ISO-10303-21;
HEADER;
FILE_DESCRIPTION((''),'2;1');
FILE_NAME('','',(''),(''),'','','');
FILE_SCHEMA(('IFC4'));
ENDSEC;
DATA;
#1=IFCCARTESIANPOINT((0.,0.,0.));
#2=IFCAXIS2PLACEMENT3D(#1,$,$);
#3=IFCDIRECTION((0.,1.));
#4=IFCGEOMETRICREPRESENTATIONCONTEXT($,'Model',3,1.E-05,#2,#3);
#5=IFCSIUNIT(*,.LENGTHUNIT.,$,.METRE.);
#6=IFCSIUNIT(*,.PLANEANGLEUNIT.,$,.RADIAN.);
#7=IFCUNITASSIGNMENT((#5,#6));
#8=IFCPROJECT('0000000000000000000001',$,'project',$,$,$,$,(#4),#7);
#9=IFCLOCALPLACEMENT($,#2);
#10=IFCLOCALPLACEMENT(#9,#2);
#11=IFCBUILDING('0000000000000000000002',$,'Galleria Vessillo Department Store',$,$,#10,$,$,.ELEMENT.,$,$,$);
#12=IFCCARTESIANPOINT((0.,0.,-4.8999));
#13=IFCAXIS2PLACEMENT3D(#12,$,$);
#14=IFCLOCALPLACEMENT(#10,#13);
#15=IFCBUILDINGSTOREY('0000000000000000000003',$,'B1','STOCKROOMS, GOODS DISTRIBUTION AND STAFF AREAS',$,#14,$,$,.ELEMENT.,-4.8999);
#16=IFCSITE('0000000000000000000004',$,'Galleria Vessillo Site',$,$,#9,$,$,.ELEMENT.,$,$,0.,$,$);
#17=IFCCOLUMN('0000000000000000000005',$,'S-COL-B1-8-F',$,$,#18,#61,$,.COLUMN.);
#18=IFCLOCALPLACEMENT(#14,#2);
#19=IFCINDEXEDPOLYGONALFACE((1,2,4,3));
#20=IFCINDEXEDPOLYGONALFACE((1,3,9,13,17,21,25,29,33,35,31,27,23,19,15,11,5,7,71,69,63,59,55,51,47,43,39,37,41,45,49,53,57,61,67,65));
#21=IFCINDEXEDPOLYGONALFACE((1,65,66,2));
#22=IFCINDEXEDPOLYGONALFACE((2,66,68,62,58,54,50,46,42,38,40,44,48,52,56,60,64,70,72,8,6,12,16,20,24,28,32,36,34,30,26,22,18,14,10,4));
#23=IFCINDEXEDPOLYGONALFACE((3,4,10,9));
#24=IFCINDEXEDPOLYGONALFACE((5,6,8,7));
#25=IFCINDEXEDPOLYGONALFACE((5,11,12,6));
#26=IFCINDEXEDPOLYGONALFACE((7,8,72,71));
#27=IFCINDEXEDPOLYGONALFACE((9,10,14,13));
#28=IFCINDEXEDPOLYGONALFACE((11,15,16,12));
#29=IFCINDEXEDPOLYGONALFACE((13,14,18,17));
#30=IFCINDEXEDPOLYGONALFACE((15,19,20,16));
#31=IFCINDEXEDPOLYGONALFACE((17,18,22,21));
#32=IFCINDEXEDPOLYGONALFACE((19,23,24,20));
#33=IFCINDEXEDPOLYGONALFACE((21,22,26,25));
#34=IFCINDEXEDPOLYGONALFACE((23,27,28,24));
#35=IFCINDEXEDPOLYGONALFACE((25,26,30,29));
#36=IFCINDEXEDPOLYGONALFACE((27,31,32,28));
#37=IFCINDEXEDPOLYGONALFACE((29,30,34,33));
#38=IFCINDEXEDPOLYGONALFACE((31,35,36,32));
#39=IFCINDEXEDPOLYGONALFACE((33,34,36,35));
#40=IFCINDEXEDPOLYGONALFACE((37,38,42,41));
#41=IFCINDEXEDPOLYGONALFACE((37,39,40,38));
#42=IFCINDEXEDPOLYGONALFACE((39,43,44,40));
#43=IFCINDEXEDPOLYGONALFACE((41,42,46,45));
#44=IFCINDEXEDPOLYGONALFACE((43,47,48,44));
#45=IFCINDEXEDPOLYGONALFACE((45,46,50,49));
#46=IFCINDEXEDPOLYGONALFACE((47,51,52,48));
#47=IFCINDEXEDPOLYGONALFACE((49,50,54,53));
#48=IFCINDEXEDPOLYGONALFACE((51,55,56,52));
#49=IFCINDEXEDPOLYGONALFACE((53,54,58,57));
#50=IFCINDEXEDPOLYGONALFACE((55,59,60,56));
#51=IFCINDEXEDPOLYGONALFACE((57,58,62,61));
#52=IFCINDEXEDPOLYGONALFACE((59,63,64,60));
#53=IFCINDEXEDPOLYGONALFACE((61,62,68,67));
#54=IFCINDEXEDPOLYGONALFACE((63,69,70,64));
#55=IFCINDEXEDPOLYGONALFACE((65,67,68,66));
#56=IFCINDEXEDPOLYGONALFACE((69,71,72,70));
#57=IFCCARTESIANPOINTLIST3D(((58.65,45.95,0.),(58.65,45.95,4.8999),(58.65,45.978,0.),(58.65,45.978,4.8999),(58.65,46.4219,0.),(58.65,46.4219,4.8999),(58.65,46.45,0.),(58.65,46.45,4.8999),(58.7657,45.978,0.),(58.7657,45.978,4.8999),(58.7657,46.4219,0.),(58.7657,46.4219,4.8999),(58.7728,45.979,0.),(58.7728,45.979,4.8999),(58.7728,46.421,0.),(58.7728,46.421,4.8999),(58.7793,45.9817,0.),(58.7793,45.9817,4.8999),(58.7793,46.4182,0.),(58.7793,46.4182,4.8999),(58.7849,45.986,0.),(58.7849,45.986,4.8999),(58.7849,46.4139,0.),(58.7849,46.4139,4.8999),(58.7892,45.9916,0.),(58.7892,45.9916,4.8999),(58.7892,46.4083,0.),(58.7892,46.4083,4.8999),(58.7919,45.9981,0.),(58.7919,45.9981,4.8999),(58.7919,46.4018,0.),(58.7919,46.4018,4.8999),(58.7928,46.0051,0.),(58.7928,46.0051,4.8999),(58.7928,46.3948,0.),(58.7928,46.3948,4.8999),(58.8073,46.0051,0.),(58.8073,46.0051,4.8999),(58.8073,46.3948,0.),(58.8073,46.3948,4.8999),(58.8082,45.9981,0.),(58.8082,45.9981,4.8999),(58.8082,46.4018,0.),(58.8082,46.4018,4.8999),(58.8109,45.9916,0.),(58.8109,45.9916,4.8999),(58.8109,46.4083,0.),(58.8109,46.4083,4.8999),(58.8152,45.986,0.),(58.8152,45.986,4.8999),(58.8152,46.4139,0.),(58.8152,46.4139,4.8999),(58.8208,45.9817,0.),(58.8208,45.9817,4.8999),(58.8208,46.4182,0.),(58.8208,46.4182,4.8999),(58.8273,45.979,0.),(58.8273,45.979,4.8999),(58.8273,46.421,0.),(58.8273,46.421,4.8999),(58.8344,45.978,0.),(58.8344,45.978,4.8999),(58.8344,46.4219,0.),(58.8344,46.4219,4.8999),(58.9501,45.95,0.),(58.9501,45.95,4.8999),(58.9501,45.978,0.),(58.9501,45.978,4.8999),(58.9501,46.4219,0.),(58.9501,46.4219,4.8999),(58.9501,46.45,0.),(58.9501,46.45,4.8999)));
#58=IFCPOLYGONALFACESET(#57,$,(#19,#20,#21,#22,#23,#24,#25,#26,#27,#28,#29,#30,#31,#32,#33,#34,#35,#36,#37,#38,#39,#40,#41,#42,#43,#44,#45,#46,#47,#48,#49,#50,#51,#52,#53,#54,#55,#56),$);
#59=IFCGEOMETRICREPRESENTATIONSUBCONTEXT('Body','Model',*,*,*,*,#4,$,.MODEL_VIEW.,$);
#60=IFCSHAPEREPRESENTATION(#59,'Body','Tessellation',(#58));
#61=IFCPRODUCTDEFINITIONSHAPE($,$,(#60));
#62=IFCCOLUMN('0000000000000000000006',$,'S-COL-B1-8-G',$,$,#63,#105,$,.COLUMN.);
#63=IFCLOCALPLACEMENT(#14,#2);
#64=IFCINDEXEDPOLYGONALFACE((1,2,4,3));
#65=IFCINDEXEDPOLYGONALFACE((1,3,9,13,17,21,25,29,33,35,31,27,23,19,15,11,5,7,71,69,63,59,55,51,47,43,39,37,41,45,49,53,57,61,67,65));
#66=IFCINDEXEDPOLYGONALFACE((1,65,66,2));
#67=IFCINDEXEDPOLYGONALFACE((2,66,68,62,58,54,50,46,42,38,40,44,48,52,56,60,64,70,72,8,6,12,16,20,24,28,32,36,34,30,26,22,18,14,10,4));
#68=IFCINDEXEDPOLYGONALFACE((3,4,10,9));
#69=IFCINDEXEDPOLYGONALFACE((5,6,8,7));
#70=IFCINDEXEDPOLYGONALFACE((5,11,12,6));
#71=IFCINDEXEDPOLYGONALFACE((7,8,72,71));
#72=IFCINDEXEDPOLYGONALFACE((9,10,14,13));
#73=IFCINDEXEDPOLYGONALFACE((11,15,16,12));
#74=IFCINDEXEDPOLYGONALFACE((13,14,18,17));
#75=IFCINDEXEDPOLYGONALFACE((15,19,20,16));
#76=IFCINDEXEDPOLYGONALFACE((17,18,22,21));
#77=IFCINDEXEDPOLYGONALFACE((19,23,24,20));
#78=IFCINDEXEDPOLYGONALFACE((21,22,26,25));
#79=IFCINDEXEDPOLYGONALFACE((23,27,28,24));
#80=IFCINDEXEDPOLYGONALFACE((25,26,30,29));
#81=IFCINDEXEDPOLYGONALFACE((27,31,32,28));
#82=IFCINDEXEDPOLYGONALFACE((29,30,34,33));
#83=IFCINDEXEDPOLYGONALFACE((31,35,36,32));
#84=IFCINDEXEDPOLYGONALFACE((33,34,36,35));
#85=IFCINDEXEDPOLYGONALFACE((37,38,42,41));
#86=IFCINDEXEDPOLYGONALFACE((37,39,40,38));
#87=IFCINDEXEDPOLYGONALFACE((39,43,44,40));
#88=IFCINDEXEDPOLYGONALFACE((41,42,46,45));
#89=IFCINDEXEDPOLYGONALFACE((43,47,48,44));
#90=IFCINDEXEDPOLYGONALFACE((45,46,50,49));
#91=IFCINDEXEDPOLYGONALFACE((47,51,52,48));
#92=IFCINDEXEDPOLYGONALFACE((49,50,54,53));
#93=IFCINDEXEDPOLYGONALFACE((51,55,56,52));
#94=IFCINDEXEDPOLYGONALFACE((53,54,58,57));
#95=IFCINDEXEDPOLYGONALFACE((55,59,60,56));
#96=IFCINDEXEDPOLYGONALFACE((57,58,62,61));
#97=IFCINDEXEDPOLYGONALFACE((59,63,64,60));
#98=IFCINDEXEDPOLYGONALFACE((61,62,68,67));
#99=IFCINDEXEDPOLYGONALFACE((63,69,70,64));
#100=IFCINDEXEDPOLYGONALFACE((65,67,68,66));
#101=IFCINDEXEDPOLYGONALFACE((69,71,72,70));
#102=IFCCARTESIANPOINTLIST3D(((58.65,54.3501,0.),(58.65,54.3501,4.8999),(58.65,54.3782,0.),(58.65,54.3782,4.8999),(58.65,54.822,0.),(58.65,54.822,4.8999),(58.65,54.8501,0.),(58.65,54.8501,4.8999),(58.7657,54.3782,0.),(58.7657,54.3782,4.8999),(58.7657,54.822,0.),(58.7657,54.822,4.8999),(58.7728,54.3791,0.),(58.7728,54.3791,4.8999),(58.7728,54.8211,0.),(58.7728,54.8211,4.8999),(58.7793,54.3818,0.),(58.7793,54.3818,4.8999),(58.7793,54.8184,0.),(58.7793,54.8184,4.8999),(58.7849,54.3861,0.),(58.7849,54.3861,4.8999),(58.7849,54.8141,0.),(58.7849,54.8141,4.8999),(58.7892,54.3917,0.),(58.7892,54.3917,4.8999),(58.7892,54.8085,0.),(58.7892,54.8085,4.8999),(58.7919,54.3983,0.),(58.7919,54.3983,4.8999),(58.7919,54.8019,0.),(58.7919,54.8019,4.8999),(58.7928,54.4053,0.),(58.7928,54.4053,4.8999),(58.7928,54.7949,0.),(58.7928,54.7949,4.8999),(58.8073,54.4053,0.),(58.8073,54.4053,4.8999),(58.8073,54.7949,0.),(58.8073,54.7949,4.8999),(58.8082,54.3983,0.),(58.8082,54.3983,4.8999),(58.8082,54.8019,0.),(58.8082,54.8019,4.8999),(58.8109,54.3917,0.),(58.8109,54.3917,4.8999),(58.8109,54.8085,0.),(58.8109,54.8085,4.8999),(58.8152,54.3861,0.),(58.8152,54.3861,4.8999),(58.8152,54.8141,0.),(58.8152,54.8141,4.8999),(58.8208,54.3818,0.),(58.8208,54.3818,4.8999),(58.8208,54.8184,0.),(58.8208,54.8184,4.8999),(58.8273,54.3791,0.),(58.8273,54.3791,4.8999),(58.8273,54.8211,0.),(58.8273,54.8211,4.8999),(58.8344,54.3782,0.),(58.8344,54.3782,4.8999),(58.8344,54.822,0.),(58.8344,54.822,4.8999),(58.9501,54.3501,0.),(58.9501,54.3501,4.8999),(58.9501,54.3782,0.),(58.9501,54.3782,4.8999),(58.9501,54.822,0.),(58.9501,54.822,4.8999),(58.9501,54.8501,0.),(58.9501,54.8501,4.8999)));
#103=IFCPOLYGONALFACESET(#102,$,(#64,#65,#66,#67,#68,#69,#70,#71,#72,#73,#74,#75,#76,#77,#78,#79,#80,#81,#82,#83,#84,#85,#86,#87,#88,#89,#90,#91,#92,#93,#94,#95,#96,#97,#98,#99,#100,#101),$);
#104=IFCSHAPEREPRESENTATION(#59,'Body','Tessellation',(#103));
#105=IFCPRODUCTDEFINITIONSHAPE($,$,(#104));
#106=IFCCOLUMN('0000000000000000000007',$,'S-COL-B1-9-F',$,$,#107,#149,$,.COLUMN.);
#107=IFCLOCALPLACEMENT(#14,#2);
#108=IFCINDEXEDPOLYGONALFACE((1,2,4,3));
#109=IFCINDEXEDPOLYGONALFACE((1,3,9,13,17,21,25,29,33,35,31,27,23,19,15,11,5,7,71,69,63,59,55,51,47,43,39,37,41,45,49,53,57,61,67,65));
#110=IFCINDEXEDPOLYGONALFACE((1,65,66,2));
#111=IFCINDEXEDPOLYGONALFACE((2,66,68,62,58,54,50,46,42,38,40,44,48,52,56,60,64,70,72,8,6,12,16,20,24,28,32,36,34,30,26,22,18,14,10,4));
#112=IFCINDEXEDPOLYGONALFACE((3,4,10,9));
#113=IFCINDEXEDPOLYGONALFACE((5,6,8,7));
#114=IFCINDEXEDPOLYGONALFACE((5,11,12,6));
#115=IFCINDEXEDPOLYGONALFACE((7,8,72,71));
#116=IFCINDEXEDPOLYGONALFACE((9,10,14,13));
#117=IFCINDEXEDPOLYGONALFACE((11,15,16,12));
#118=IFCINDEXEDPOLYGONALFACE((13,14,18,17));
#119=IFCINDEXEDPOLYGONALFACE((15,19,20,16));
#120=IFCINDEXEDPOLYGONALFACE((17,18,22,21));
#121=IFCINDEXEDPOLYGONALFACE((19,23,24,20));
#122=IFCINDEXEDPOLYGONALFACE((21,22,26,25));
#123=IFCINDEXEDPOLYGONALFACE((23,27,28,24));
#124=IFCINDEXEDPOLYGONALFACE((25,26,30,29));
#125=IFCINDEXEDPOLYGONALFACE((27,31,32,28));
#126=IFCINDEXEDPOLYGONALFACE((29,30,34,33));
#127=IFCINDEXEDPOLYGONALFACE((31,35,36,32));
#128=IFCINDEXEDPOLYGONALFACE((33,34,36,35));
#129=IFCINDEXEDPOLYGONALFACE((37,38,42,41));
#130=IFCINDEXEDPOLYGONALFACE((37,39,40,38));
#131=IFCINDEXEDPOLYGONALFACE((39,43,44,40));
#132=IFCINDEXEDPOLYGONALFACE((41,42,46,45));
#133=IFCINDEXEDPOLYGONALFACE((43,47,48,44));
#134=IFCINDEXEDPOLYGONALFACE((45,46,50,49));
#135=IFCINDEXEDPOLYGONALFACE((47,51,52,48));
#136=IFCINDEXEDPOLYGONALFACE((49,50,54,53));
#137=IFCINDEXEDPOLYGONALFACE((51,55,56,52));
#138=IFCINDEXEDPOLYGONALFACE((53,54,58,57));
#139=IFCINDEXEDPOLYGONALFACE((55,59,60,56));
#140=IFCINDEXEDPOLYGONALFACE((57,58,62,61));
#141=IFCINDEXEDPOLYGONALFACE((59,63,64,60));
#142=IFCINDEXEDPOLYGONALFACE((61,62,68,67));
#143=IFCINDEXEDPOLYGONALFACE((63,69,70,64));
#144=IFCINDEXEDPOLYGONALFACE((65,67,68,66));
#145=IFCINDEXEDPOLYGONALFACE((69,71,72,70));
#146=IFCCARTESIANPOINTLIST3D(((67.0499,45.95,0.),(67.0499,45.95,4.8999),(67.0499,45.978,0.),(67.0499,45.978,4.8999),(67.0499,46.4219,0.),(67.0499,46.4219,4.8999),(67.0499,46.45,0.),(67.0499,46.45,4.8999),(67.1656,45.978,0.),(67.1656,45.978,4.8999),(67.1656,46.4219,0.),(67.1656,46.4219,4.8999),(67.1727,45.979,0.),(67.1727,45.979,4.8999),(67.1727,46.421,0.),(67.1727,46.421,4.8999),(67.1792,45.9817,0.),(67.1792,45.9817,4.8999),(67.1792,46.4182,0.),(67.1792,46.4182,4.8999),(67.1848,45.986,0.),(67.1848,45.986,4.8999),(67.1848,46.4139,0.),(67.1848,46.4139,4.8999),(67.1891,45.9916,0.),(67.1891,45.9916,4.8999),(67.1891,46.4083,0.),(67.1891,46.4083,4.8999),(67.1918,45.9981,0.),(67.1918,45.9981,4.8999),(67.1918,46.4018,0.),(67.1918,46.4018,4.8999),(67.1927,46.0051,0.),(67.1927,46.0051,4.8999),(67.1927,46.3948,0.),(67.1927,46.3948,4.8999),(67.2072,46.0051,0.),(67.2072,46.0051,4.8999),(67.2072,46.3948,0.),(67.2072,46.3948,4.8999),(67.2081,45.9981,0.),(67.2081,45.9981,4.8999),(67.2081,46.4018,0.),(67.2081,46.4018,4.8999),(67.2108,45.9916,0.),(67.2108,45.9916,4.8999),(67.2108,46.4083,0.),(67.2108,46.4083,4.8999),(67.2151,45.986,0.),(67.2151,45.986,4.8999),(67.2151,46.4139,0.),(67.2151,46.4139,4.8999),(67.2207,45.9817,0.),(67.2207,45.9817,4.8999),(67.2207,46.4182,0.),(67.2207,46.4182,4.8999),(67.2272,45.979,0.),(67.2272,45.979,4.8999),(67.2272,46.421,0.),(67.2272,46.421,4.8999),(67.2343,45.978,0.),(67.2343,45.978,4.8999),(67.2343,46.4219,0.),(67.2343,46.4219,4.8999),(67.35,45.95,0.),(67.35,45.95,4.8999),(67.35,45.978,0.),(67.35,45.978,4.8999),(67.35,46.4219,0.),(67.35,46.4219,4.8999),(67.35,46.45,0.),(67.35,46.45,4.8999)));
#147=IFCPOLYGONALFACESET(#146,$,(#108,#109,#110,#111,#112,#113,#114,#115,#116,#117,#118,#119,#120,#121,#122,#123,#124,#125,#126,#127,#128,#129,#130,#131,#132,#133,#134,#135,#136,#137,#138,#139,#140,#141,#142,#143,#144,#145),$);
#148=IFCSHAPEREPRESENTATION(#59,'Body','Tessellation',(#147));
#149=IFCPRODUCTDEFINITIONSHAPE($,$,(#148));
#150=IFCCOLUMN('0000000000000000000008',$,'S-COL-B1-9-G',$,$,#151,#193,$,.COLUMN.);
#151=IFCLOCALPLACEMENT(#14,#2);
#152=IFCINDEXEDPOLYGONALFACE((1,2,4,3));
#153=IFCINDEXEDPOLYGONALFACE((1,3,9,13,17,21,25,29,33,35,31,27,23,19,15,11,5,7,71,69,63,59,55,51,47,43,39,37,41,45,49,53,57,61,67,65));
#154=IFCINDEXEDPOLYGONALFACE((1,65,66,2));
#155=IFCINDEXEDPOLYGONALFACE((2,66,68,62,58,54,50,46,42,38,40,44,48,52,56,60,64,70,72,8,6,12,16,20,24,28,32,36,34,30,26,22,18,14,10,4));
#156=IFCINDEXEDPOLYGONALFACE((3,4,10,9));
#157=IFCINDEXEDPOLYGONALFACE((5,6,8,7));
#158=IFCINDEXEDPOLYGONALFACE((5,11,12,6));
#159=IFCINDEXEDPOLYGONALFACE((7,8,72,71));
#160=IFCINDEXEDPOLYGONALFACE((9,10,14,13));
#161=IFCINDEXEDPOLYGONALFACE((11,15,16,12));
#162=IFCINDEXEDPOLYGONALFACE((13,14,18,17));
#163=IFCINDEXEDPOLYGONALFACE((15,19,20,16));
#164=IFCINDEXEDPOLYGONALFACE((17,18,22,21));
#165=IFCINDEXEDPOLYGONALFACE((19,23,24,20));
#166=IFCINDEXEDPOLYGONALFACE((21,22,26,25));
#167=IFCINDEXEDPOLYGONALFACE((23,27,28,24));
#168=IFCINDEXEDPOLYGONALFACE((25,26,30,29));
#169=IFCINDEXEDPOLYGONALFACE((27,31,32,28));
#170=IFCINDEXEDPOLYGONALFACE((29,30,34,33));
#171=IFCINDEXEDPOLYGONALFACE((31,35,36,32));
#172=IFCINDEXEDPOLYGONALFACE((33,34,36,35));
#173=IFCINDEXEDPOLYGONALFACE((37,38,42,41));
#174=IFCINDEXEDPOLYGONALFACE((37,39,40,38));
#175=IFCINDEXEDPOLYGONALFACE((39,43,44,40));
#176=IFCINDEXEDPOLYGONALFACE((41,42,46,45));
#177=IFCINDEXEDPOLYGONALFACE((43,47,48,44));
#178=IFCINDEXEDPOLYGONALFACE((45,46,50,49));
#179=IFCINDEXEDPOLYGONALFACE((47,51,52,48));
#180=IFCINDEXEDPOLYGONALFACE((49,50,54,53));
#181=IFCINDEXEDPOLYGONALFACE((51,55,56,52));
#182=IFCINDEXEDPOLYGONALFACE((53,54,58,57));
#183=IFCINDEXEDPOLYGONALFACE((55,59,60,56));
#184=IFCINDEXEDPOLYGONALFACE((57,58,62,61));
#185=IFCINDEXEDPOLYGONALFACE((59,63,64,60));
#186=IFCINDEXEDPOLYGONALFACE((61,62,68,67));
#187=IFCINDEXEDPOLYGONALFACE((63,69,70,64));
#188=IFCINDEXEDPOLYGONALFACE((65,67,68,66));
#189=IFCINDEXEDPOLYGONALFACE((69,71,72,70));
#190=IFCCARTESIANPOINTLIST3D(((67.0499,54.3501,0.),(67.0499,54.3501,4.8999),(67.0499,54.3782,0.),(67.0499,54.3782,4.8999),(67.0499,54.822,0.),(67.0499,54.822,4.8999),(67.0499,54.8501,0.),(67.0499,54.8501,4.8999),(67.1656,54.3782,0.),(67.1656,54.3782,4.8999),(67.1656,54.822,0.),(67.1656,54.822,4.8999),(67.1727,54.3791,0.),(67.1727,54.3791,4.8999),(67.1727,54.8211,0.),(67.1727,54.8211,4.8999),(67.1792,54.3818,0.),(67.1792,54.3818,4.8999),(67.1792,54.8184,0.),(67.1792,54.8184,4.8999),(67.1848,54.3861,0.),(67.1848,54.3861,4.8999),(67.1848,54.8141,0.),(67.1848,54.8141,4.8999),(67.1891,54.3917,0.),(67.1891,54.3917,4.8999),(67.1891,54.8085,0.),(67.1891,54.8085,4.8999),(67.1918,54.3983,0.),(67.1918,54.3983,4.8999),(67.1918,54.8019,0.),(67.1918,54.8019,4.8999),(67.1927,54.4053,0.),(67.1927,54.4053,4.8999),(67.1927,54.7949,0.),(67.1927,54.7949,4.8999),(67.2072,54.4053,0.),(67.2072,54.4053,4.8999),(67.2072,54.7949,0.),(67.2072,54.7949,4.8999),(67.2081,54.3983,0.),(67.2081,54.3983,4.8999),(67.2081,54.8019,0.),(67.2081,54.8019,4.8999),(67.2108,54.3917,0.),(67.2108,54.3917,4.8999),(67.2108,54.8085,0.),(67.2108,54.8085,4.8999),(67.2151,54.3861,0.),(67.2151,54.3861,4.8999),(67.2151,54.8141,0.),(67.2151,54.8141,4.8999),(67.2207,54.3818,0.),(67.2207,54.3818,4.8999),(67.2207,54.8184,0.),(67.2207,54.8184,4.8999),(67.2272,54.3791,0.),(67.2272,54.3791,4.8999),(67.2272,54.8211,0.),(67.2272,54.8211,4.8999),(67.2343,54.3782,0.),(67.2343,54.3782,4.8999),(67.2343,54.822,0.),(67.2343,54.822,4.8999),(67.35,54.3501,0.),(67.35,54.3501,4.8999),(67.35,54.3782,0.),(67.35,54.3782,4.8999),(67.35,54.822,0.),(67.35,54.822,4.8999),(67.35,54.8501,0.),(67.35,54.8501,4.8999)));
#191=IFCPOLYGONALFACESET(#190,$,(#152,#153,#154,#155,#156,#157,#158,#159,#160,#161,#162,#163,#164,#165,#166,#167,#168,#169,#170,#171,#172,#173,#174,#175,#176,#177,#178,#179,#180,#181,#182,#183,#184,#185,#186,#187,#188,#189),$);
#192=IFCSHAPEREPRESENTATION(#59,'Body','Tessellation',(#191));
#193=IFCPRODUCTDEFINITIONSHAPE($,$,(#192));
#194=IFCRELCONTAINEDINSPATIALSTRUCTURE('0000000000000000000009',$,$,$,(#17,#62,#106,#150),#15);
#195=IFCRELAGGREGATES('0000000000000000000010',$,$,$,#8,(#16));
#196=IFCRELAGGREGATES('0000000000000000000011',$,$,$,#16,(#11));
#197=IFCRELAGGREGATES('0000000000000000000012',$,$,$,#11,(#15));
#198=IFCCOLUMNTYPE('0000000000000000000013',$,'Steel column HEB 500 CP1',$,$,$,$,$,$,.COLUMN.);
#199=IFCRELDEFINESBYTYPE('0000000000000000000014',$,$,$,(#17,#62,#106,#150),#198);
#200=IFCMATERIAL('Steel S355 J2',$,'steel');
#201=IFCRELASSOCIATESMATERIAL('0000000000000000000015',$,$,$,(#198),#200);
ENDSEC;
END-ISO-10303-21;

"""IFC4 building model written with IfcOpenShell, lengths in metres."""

from ifc_helpers import new_model, si_unit, direction, frame, origin, origin_2d, place, context, subcontext, project, spatial, i_section, extrude, material, material_profile, profile_set, type_object, element, save


model = new_model("IFC4")

# Units and contexts
model_context = context("Model", 3, precision=1e-05, world=origin(), true_north=direction((0.0, 1.0)))
body_context = subcontext(model_context, "Body", "Model", "MODEL_VIEW")
ifc_project = project(units=[si_unit("LENGTHUNIT", "METRE"), si_unit("PLANEANGLEUNIT", "RADIAN")], contexts=[model_context])

# Site, building, storey
site_placement = place(None, origin())
site = spatial("IfcSite", under=ifc_project, at=site_placement, Name="Galleria Vessillo Site", CompositionType="ELEMENT", RefElevation=0.0)
building_placement = place(site_placement, origin())
building = spatial("IfcBuilding", under=site, at=building_placement, Name="Galleria Vessillo Department Store", CompositionType="ELEMENT")
storey_placement = place(building_placement, frame((0.0, 0.0, -4.8999)))
storey = spatial("IfcBuildingStorey", under=building, at=storey_placement, Name="B1", Description="STOCKROOMS, GOODS DISTRIBUTION AND STAFF AREAS", CompositionType="ELEMENT", Elevation=-4.8999)

# Columns
ifc_material_1 = material(Name="Steel S355 J2", Category="steel")
ifc_material_profile = material_profile(ifc_material_1, i_section(OverallWidth=0.3, OverallDepth=0.5, WebThickness=0.0144, FlangeThickness=0.0281, FilletRadius=0.0271, at=origin_2d()), Name="HEB 500")
ifc_profile_set = profile_set([ifc_material_profile], Name="Steel S355 J2")
column_type = type_object("IfcColumnType", Name="Steel column HEB 500 CP1", PredefinedType="COLUMN", material=ifc_profile_set)
for number, where, z_axis, x_axis, name in (
    (1, (58.8, 46.2, 0.0), (0.0, 0.0, 1.0), (1.0, 0.0, 0.0), "S-COL-B1-8-F"),
    (2, (58.8, 54.6001, 0.0), (0.0, 0.0, 1.0), (1.0, 0.0, 0.0), "S-COL-B1-8-G"),
    (3, (67.2, 46.2, 0.0), (0.0, 0.0, 1.0), (1.0, 0.0, 0.0), "S-COL-B1-9-F"),
    (4, (67.2, 54.6001, 0.0), (0.0, 0.0, 1.0), (1.0, 0.0, 0.0), "S-COL-B1-9-G"),
):
    element("IfcColumn", number, at=place(storey_placement, frame(where, z_axis=z_axis, x_axis=x_axis)), inside=storey, type_object=column_type, Name=name, PredefinedType="COLUMN", context=body_context, shape_type="SweptSolid", body=[
        extrude(i_section(OverallWidth=0.3, OverallDepth=0.5, WebThickness=0.0144, FlangeThickness=0.0281, FilletRadius=0.0271, at=origin_2d()), origin(), (0.0, 0.0, 1.0), 4.8999),
    ])

save(model, "model.ifc")
